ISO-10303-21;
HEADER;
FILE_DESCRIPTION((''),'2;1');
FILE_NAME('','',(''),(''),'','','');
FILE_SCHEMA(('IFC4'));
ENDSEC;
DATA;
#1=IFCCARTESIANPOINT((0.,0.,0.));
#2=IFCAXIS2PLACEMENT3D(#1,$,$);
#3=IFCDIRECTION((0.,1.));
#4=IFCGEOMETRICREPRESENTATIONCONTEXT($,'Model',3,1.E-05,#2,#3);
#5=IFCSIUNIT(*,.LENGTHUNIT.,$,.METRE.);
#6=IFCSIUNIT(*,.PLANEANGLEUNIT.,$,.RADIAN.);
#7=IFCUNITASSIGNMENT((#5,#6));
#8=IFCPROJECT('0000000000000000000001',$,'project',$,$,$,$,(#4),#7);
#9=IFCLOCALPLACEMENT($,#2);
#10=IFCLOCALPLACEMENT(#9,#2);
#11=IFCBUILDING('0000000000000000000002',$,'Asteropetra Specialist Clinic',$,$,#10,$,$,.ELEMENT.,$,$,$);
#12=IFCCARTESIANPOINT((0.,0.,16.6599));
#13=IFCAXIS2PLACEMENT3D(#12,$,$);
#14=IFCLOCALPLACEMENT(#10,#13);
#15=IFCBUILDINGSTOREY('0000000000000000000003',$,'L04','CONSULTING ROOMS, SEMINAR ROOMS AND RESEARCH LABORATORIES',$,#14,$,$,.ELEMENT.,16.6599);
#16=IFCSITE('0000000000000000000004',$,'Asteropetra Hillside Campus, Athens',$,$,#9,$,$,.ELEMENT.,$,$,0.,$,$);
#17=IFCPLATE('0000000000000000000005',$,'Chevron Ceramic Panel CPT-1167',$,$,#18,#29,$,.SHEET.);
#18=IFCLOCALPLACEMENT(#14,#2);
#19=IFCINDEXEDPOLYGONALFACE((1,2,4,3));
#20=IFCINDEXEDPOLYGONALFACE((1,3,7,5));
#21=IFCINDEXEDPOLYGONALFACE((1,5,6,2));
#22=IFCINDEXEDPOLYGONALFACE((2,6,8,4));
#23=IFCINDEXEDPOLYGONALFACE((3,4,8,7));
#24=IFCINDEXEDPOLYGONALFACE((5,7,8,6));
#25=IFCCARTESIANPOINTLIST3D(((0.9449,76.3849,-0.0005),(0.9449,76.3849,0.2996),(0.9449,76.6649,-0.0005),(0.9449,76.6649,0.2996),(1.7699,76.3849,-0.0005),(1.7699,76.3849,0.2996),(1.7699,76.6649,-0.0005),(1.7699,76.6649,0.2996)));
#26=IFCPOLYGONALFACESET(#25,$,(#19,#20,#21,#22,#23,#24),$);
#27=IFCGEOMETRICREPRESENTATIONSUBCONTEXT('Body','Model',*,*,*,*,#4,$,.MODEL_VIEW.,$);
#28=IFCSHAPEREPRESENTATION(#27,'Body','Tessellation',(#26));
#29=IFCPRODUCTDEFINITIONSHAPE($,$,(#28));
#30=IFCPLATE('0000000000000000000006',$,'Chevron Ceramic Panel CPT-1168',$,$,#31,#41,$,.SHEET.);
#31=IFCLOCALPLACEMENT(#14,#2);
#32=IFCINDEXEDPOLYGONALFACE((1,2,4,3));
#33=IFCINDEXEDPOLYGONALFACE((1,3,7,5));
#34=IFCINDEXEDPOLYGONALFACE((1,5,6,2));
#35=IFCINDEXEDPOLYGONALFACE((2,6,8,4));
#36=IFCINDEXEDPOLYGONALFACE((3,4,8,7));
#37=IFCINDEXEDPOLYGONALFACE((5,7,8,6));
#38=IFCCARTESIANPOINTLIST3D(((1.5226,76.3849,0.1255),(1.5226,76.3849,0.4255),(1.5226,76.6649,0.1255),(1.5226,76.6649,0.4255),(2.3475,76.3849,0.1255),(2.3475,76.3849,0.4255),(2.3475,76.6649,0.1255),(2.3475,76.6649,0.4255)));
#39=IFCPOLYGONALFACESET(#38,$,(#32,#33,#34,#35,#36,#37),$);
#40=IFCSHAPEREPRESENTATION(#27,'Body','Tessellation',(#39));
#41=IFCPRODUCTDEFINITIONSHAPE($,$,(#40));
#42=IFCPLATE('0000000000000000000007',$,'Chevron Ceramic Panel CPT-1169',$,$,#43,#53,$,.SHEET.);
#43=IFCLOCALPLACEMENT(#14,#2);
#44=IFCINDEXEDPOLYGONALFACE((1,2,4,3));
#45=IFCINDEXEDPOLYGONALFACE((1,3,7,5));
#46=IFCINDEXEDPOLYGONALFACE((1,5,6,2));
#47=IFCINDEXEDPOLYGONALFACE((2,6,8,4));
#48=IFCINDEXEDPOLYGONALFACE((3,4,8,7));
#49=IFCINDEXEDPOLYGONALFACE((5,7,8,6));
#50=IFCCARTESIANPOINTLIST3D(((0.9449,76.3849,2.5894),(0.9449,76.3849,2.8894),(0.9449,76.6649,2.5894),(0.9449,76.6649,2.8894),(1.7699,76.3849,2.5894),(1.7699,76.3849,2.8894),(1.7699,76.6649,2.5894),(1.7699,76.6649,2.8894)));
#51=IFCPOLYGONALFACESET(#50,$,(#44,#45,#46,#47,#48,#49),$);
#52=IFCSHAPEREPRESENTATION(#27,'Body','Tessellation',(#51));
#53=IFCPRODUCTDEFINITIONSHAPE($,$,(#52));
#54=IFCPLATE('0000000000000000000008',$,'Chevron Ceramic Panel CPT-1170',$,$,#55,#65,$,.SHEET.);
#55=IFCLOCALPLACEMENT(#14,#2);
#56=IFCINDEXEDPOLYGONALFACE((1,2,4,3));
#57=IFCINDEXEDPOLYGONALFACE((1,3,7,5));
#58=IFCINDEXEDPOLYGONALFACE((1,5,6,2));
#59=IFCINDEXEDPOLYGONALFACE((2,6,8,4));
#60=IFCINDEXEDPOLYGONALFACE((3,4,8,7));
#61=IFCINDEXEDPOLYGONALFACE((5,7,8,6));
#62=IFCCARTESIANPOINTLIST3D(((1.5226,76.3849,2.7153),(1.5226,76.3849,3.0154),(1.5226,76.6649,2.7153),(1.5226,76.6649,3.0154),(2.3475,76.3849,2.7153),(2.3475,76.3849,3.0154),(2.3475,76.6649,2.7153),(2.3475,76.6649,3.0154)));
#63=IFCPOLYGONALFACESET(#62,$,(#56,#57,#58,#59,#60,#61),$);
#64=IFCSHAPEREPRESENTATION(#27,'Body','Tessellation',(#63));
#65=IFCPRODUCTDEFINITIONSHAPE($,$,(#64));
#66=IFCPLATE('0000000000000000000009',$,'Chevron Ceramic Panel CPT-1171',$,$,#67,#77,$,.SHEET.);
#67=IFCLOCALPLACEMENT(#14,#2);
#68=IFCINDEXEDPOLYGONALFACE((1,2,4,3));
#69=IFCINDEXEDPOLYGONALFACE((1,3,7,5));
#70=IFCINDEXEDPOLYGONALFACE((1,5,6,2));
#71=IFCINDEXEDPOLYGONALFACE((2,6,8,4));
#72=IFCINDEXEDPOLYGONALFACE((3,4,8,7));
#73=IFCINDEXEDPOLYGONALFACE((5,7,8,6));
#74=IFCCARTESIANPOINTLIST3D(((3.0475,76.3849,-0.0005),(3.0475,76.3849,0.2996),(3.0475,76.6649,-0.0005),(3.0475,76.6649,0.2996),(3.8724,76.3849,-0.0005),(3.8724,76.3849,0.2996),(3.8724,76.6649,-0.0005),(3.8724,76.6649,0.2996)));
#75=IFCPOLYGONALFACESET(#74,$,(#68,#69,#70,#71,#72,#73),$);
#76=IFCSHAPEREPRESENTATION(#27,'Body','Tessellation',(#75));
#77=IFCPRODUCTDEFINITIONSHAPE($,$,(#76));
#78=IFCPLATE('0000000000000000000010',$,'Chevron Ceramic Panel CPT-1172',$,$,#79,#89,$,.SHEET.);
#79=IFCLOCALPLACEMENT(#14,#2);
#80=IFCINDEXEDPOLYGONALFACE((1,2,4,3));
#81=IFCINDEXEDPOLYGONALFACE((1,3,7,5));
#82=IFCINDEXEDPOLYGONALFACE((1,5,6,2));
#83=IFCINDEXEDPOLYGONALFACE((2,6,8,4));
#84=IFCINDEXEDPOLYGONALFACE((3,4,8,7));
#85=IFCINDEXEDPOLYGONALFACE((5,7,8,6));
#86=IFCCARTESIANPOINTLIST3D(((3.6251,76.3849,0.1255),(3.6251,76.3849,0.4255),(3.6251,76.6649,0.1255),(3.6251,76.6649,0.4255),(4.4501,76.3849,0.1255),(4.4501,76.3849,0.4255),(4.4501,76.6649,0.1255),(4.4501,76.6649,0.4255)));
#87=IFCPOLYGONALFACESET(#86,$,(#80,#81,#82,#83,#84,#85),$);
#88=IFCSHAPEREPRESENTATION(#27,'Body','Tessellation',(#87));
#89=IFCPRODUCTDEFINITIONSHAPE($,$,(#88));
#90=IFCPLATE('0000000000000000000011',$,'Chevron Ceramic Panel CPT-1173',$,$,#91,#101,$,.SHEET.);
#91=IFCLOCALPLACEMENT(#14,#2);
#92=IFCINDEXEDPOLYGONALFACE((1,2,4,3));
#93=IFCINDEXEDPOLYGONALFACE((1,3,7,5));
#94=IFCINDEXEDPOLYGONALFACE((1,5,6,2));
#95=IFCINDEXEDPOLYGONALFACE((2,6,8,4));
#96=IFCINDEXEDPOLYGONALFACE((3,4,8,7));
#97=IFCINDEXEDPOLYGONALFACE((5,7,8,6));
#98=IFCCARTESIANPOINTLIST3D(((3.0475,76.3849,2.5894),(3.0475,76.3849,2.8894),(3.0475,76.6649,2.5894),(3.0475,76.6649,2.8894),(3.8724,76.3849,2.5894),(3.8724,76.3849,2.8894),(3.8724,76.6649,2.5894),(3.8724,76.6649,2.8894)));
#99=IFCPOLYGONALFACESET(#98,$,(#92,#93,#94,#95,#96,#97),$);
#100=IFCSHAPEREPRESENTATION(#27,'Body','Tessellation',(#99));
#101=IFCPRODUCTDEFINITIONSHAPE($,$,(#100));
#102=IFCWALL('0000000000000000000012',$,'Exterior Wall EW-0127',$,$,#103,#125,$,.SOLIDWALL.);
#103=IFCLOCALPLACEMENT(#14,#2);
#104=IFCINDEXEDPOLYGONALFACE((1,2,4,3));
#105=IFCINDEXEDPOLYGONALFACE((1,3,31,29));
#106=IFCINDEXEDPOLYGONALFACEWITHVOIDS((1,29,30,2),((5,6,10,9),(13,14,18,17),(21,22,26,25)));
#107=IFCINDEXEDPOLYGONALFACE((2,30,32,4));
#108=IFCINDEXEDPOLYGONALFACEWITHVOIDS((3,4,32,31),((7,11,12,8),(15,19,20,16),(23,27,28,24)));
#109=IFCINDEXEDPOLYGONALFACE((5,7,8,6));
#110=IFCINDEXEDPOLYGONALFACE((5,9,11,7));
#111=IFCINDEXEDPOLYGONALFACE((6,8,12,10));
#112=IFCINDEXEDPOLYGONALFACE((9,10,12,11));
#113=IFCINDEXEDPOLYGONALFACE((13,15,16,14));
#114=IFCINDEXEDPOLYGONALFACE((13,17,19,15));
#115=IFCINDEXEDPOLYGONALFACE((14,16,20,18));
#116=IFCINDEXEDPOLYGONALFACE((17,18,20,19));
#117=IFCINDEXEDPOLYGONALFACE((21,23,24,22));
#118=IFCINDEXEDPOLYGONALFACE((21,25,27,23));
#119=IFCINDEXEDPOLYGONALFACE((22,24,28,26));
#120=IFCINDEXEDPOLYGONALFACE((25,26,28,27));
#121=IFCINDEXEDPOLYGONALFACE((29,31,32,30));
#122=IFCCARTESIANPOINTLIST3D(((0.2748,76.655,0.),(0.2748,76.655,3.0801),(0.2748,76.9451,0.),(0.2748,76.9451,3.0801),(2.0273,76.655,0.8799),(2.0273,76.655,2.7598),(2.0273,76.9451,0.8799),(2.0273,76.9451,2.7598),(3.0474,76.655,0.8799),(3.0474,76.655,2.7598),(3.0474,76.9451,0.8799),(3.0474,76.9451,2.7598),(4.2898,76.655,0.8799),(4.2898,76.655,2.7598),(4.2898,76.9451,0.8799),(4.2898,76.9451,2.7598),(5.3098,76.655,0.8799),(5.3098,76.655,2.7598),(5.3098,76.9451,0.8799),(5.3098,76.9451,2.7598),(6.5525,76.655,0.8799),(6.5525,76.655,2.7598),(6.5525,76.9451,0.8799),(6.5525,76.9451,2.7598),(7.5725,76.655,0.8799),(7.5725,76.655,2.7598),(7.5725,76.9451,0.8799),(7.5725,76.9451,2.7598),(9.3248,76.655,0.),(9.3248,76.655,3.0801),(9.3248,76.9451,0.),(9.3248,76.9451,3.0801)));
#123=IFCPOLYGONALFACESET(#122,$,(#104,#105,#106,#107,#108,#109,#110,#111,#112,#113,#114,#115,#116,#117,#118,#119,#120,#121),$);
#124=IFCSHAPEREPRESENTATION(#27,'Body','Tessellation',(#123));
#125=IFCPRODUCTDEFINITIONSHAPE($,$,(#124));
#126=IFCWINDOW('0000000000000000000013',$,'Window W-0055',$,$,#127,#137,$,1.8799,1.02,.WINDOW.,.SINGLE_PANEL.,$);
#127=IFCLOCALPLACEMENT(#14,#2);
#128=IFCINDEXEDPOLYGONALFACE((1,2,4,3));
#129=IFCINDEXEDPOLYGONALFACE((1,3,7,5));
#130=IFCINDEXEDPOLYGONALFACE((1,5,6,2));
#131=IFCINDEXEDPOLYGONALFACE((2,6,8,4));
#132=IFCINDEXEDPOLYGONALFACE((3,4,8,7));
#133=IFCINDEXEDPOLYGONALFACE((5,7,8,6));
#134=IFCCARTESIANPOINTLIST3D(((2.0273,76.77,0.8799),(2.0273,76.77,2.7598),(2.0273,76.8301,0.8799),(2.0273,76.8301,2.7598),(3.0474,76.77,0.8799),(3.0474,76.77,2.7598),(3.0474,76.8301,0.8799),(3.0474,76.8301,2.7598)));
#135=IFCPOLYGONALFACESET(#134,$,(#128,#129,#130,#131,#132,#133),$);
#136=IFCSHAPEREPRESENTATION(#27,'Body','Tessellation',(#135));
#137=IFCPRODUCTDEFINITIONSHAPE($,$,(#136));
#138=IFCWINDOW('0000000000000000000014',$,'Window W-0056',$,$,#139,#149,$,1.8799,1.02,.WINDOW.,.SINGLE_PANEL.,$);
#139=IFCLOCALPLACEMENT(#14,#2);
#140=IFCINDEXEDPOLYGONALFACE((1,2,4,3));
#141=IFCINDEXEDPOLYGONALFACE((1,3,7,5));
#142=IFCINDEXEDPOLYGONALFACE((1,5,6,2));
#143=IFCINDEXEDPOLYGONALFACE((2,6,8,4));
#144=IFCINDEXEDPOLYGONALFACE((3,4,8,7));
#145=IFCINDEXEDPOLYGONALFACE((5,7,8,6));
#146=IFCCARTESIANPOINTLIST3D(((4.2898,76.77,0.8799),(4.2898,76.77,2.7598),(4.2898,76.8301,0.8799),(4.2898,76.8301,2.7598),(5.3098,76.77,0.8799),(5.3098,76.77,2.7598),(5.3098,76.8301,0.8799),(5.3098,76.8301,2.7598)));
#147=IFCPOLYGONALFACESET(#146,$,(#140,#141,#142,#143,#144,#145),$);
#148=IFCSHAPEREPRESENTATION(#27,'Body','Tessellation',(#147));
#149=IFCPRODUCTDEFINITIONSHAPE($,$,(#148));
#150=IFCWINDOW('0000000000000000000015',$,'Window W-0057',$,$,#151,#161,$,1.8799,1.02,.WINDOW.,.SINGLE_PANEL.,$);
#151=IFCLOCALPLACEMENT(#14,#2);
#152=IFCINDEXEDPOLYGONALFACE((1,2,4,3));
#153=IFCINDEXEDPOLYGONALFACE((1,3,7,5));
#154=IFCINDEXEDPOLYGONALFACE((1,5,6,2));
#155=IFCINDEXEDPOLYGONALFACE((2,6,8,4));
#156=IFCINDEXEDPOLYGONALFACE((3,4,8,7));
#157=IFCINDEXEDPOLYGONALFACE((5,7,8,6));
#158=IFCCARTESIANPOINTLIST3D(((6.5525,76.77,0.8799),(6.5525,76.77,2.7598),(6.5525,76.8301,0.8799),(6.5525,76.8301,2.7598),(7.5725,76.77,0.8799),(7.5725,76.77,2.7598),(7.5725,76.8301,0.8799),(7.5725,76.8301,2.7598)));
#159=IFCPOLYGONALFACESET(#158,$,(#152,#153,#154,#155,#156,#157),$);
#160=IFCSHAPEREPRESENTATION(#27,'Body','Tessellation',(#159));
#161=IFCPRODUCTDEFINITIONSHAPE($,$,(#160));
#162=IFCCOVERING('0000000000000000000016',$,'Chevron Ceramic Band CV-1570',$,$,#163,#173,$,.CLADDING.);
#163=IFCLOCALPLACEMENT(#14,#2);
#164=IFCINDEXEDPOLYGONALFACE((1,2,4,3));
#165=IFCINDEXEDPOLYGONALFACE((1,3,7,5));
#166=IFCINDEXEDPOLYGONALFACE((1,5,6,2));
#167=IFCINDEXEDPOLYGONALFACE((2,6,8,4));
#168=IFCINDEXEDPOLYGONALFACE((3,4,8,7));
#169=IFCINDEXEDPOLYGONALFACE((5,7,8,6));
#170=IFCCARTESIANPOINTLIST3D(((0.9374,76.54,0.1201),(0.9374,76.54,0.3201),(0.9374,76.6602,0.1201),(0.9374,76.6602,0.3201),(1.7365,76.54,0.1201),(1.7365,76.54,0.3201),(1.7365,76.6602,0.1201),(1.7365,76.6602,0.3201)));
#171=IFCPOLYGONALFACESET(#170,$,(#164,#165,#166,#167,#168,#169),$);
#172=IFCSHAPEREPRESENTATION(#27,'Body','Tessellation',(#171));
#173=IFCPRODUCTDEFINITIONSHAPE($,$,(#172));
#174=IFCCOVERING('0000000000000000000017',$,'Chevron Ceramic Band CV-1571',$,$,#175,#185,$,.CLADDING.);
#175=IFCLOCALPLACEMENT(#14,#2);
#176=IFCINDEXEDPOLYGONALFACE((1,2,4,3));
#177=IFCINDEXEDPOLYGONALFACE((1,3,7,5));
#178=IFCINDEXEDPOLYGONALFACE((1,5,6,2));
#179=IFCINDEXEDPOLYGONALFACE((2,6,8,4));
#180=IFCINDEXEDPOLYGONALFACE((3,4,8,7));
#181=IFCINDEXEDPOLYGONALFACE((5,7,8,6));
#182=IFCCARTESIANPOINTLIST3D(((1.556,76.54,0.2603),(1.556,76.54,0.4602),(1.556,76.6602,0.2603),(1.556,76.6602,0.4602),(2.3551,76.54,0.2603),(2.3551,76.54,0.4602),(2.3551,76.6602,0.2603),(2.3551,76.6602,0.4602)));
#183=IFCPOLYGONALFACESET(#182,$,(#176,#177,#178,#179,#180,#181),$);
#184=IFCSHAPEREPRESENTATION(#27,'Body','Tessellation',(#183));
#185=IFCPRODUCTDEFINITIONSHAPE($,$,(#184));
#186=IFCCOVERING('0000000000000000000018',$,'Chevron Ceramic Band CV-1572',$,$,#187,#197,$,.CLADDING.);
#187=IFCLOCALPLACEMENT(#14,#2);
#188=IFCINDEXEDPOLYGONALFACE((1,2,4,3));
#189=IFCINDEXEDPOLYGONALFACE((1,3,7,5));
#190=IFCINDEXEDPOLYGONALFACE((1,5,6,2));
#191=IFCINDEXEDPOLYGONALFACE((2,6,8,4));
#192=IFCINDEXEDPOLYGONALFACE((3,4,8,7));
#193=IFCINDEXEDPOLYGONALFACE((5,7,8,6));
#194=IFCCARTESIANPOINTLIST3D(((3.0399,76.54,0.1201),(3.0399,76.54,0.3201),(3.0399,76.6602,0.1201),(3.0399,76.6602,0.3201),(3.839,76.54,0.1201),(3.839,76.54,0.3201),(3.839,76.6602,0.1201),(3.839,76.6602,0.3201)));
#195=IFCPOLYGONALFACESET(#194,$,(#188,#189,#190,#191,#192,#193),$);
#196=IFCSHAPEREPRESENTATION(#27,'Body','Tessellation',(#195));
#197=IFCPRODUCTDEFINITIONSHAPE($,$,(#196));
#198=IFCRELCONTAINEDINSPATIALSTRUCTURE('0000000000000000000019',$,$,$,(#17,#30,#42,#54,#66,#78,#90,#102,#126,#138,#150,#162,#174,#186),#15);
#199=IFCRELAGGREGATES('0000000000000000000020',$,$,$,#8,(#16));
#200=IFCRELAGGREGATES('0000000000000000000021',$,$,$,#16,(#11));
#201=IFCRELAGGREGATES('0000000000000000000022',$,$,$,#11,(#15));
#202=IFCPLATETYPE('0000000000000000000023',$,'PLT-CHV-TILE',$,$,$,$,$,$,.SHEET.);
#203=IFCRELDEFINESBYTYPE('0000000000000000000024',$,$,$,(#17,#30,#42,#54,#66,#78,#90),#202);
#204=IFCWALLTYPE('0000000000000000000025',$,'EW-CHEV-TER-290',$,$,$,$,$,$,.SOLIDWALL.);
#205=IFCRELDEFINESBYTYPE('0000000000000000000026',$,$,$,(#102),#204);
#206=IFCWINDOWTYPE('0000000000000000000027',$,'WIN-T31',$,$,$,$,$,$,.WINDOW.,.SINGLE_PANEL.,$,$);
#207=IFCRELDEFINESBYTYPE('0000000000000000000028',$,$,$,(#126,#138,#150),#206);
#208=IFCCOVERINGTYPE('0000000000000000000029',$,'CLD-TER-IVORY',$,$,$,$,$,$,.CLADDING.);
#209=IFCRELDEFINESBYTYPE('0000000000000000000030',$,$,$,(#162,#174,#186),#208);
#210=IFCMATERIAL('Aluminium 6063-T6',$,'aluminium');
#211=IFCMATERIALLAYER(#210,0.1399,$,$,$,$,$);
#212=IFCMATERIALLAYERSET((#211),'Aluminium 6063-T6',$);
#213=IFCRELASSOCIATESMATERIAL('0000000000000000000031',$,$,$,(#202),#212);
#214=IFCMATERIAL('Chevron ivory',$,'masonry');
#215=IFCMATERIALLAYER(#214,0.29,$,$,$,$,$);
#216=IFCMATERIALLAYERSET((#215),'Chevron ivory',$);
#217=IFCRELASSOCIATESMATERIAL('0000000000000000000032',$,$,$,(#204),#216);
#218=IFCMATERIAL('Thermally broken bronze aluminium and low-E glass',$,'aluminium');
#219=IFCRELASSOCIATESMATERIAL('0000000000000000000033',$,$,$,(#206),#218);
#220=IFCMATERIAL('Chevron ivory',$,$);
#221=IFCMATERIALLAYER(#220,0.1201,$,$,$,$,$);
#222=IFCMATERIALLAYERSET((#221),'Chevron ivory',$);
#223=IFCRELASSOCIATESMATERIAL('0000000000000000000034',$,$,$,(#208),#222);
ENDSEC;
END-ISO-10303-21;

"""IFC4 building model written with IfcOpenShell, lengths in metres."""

from ifc_helpers import new_model, si_unit, direction, frame, frame_2d, origin, origin_2d, place, context, subcontext, project, spatial, rectangle, extrude, material, layer, layer_set, type_object, element, fill, save


model = new_model("IFC4")

# Units and contexts
model_context = context("Model", 3, precision=1e-05, world=origin(), true_north=direction((0.0, 1.0)))
body_context = subcontext(model_context, "Body", "Model", "MODEL_VIEW")
ifc_project = project(units=[si_unit("LENGTHUNIT", "METRE"), si_unit("PLANEANGLEUNIT", "RADIAN")], contexts=[model_context])

# Site, building, storey
site_placement = place(None, origin())
site = spatial("IfcSite", under=ifc_project, at=site_placement, Name="Asteropetra Hillside Campus, Athens", CompositionType="ELEMENT", RefElevation=0.0)
building_placement = place(site_placement, origin())
building = spatial("IfcBuilding", under=site, at=building_placement, Name="Asteropetra Specialist Clinic", CompositionType="ELEMENT")
storey_placement = place(building_placement, frame((0.0, 0.0, 16.6599)))
storey = spatial("IfcBuildingStorey", under=building, at=storey_placement, Name="L04", Description="CONSULTING ROOMS, SEMINAR ROOMS AND RESEARCH LABORATORIES", CompositionType="ELEMENT", Elevation=16.6599)

# Plates
ifc_material_1 = material(Name="Aluminium 6063-T6", Category="aluminium")
ifc_layer_1 = layer(ifc_material_1, 0.1399)
ifc_layer_set_1 = layer_set([ifc_layer_1], Name="Aluminium 6063-T6")
plate_type_1 = type_object("IfcPlateType", Name="PLT-CHV-TILE", PredefinedType="SHEET", material=ifc_layer_set_1)
for number, where, z_axis, x_axis, name in (
    (1, (1.3574, 76.5249, -0.0005), (0.0, 0.0, 1.0), (1.0, 0.0, 0.0), "Chevron Ceramic Panel CPT-1167"),
    (2, (1.9351, 76.5249, 0.1255), (0.0, 0.0, 1.0), (1.0, 0.0, 0.0), "Chevron Ceramic Panel CPT-1168"),
    (3, (1.3574, 76.5249, 2.5894), (0.0, 0.0, 1.0), (1.0, 0.0, 0.0), "Chevron Ceramic Panel CPT-1169"),
    (4, (1.9351, 76.5249, 2.7153), (0.0, 0.0, 1.0), (1.0, 0.0, 0.0), "Chevron Ceramic Panel CPT-1170"),
    (5, (3.46, 76.5249, -0.0005), (0.0, 0.0, 1.0), (1.0, 0.0, 0.0), "Chevron Ceramic Panel CPT-1171"),
    (6, (4.0376, 76.5249, 0.1255), (0.0, 0.0, 1.0), (1.0, 0.0, 0.0), "Chevron Ceramic Panel CPT-1172"),
    (7, (3.46, 76.5249, 2.5894), (0.0, 0.0, 1.0), (1.0, 0.0, 0.0), "Chevron Ceramic Panel CPT-1173"),
):
    element("IfcPlate", number, at=place(storey_placement, frame(where, z_axis=z_axis, x_axis=x_axis)), inside=storey, type_object=plate_type_1, Name=name, PredefinedType="SHEET", context=body_context, shape_type="SweptSolid", body=[
        extrude(rectangle(XDim=0.825, YDim=0.28, at=origin_2d()), origin(), (0.0, 0.0, 1.0), 0.3),
    ])

# Wall, openings, windows
ifc_material_2 = material(Name="Chevron ivory", Category="masonry")
ifc_layer_2 = layer(ifc_material_2, 0.29)
ifc_layer_set_2 = layer_set([ifc_layer_2], Name="Chevron ivory")
wall_type = type_object("IfcWallType", Name="EW-CHEV-TER-290", PredefinedType="SOLIDWALL", material=ifc_layer_set_2)
wall_placement = place(storey_placement, frame((0.2749, 76.8, 0.0), z_axis=(0.0, 0.0, 1.0), x_axis=(1.0, 0.0, 0.0)))
wall = element("IfcWall", 8, at=wall_placement, inside=storey, type_object=wall_type, Name="Exterior Wall EW-0127", PredefinedType="SOLIDWALL", context=body_context, shape_type="SweptSolid", body=[
    extrude(rectangle(XDim=9.05, YDim=0.29, at=frame_2d((4.5249, 0.0))), origin(), (0.0, 0.0, 1.0), 3.0801),
])
opening_1_placement = place(wall_placement, frame((1.7524, 0.0, 0.8799)))
opening_1 = element("IfcOpeningElement", 9, at=opening_1_placement, cuts=wall, PredefinedType="OPENING", context=body_context, shape_type="SweptSolid", body=[
    extrude(rectangle(XDim=1.02, YDim=1.8799, at=frame_2d((0.51, 0.9399))), frame((0.0, 0.155, 0.0), z_axis=(0.0, -1.0, 0.0), x_axis=(1.0, 0.0, 0.0)), (0.0, 0.0, 1.0), 0.3101),
])
opening_2_placement = place(wall_placement, frame((4.0149, 0.0, 0.8799)))
opening_2 = element("IfcOpeningElement", 10, at=opening_2_placement, cuts=wall, PredefinedType="OPENING", context=body_context, shape_type="SweptSolid", body=[
    extrude(rectangle(XDim=1.02, YDim=1.8799, at=frame_2d((0.51, 0.9399))), frame((0.0, 0.155, 0.0), z_axis=(0.0, -1.0, 0.0), x_axis=(1.0, 0.0, 0.0)), (0.0, 0.0, 1.0), 0.3101),
])
opening_3_placement = place(wall_placement, frame((6.2776, 0.0, 0.8799)))
opening_3 = element("IfcOpeningElement", 11, at=opening_3_placement, cuts=wall, PredefinedType="OPENING", context=body_context, shape_type="SweptSolid", body=[
    extrude(rectangle(XDim=1.02, YDim=1.8799, at=frame_2d((0.51, 0.9399))), frame((0.0, 0.155, 0.0), z_axis=(0.0, -1.0, 0.0), x_axis=(1.0, 0.0, 0.0)), (0.0, 0.0, 1.0), 0.3101),
])
ifc_material_3 = material(Name="Thermally broken bronze aluminium and low-E glass", Category="aluminium")
window_type = type_object("IfcWindowType", Name="WIN-T31", PartitioningType="SINGLE_PANEL", PredefinedType="WINDOW", material=ifc_material_3)
window_1_placement = place(opening_1_placement, origin())
window_1 = element("IfcWindow", 12, at=window_1_placement, inside=storey, type_object=window_type, Name="Window W-0055", OverallHeight=1.8799, OverallWidth=1.02, PartitioningType="SINGLE_PANEL", PredefinedType="WINDOW", context=body_context, shape_type="SweptSolid", body=[
    extrude(rectangle(XDim=1.02, YDim=1.8799, at=frame_2d((0.51, 0.9399))), frame((0.0, 0.03, 0.0), z_axis=(0.0, -1.0, 0.0), x_axis=(1.0, 0.0, 0.0)), (0.0, 0.0, 1.0), 0.0601),
])
fill(opening_1, window_1)
window_2_placement = place(opening_2_placement, origin())
window_2 = element("IfcWindow", 13, at=window_2_placement, inside=storey, type_object=window_type, Name="Window W-0056", OverallHeight=1.8799, OverallWidth=1.02, PartitioningType="SINGLE_PANEL", PredefinedType="WINDOW", context=body_context, shape_type="SweptSolid", body=[
    extrude(rectangle(XDim=1.02, YDim=1.8799, at=frame_2d((0.51, 0.9399))), frame((0.0, 0.03, 0.0), z_axis=(0.0, -1.0, 0.0), x_axis=(1.0, 0.0, 0.0)), (0.0, 0.0, 1.0), 0.0601),
])
fill(opening_2, window_2)
window_3_placement = place(opening_3_placement, origin())
window_3 = element("IfcWindow", 14, at=window_3_placement, inside=storey, type_object=window_type, Name="Window W-0057", OverallHeight=1.8799, OverallWidth=1.02, PartitioningType="SINGLE_PANEL", PredefinedType="WINDOW", context=body_context, shape_type="SweptSolid", body=[
    extrude(rectangle(XDim=1.02, YDim=1.8799, at=frame_2d((0.51, 0.9399))), frame((0.0, 0.03, 0.0), z_axis=(0.0, -1.0, 0.0), x_axis=(1.0, 0.0, 0.0)), (0.0, 0.0, 1.0), 0.0601),
])
fill(opening_3, window_3)

# Coverings
ifc_material_4 = material(Name="Chevron ivory")
ifc_layer_3 = layer(ifc_material_4, 0.1201)
ifc_layer_set_3 = layer_set([ifc_layer_3], Name="Chevron ivory")
covering_type_1 = type_object("IfcCoveringType", Name="CLD-TER-IVORY", PredefinedType="CLADDING", material=ifc_layer_set_3)
for number, where, z_axis, x_axis, name in (
    (15, (1.3369, 76.6001, 0.1201), (0.0, 0.0, 1.0), (1.0, 0.0, 0.0), "Chevron Ceramic Band CV-1570"),
    (16, (1.9556, 76.6001, 0.2603), (0.0, 0.0, 1.0), (1.0, 0.0, 0.0), "Chevron Ceramic Band CV-1571"),
    (17, (3.4395, 76.6001, 0.1201), (0.0, 0.0, 1.0), (1.0, 0.0, 0.0), "Chevron Ceramic Band CV-1572"),
):
    element("IfcCovering", number, at=place(storey_placement, frame(where, z_axis=z_axis, x_axis=x_axis)), inside=storey, type_object=covering_type_1, Name=name, PredefinedType="CLADDING", context=body_context, shape_type="SweptSolid", body=[
        extrude(rectangle(XDim=0.7991, YDim=0.1201, at=origin_2d()), origin(), (0.0, 0.0, 1.0), 0.2),
    ])

save(model, "model.ifc")
